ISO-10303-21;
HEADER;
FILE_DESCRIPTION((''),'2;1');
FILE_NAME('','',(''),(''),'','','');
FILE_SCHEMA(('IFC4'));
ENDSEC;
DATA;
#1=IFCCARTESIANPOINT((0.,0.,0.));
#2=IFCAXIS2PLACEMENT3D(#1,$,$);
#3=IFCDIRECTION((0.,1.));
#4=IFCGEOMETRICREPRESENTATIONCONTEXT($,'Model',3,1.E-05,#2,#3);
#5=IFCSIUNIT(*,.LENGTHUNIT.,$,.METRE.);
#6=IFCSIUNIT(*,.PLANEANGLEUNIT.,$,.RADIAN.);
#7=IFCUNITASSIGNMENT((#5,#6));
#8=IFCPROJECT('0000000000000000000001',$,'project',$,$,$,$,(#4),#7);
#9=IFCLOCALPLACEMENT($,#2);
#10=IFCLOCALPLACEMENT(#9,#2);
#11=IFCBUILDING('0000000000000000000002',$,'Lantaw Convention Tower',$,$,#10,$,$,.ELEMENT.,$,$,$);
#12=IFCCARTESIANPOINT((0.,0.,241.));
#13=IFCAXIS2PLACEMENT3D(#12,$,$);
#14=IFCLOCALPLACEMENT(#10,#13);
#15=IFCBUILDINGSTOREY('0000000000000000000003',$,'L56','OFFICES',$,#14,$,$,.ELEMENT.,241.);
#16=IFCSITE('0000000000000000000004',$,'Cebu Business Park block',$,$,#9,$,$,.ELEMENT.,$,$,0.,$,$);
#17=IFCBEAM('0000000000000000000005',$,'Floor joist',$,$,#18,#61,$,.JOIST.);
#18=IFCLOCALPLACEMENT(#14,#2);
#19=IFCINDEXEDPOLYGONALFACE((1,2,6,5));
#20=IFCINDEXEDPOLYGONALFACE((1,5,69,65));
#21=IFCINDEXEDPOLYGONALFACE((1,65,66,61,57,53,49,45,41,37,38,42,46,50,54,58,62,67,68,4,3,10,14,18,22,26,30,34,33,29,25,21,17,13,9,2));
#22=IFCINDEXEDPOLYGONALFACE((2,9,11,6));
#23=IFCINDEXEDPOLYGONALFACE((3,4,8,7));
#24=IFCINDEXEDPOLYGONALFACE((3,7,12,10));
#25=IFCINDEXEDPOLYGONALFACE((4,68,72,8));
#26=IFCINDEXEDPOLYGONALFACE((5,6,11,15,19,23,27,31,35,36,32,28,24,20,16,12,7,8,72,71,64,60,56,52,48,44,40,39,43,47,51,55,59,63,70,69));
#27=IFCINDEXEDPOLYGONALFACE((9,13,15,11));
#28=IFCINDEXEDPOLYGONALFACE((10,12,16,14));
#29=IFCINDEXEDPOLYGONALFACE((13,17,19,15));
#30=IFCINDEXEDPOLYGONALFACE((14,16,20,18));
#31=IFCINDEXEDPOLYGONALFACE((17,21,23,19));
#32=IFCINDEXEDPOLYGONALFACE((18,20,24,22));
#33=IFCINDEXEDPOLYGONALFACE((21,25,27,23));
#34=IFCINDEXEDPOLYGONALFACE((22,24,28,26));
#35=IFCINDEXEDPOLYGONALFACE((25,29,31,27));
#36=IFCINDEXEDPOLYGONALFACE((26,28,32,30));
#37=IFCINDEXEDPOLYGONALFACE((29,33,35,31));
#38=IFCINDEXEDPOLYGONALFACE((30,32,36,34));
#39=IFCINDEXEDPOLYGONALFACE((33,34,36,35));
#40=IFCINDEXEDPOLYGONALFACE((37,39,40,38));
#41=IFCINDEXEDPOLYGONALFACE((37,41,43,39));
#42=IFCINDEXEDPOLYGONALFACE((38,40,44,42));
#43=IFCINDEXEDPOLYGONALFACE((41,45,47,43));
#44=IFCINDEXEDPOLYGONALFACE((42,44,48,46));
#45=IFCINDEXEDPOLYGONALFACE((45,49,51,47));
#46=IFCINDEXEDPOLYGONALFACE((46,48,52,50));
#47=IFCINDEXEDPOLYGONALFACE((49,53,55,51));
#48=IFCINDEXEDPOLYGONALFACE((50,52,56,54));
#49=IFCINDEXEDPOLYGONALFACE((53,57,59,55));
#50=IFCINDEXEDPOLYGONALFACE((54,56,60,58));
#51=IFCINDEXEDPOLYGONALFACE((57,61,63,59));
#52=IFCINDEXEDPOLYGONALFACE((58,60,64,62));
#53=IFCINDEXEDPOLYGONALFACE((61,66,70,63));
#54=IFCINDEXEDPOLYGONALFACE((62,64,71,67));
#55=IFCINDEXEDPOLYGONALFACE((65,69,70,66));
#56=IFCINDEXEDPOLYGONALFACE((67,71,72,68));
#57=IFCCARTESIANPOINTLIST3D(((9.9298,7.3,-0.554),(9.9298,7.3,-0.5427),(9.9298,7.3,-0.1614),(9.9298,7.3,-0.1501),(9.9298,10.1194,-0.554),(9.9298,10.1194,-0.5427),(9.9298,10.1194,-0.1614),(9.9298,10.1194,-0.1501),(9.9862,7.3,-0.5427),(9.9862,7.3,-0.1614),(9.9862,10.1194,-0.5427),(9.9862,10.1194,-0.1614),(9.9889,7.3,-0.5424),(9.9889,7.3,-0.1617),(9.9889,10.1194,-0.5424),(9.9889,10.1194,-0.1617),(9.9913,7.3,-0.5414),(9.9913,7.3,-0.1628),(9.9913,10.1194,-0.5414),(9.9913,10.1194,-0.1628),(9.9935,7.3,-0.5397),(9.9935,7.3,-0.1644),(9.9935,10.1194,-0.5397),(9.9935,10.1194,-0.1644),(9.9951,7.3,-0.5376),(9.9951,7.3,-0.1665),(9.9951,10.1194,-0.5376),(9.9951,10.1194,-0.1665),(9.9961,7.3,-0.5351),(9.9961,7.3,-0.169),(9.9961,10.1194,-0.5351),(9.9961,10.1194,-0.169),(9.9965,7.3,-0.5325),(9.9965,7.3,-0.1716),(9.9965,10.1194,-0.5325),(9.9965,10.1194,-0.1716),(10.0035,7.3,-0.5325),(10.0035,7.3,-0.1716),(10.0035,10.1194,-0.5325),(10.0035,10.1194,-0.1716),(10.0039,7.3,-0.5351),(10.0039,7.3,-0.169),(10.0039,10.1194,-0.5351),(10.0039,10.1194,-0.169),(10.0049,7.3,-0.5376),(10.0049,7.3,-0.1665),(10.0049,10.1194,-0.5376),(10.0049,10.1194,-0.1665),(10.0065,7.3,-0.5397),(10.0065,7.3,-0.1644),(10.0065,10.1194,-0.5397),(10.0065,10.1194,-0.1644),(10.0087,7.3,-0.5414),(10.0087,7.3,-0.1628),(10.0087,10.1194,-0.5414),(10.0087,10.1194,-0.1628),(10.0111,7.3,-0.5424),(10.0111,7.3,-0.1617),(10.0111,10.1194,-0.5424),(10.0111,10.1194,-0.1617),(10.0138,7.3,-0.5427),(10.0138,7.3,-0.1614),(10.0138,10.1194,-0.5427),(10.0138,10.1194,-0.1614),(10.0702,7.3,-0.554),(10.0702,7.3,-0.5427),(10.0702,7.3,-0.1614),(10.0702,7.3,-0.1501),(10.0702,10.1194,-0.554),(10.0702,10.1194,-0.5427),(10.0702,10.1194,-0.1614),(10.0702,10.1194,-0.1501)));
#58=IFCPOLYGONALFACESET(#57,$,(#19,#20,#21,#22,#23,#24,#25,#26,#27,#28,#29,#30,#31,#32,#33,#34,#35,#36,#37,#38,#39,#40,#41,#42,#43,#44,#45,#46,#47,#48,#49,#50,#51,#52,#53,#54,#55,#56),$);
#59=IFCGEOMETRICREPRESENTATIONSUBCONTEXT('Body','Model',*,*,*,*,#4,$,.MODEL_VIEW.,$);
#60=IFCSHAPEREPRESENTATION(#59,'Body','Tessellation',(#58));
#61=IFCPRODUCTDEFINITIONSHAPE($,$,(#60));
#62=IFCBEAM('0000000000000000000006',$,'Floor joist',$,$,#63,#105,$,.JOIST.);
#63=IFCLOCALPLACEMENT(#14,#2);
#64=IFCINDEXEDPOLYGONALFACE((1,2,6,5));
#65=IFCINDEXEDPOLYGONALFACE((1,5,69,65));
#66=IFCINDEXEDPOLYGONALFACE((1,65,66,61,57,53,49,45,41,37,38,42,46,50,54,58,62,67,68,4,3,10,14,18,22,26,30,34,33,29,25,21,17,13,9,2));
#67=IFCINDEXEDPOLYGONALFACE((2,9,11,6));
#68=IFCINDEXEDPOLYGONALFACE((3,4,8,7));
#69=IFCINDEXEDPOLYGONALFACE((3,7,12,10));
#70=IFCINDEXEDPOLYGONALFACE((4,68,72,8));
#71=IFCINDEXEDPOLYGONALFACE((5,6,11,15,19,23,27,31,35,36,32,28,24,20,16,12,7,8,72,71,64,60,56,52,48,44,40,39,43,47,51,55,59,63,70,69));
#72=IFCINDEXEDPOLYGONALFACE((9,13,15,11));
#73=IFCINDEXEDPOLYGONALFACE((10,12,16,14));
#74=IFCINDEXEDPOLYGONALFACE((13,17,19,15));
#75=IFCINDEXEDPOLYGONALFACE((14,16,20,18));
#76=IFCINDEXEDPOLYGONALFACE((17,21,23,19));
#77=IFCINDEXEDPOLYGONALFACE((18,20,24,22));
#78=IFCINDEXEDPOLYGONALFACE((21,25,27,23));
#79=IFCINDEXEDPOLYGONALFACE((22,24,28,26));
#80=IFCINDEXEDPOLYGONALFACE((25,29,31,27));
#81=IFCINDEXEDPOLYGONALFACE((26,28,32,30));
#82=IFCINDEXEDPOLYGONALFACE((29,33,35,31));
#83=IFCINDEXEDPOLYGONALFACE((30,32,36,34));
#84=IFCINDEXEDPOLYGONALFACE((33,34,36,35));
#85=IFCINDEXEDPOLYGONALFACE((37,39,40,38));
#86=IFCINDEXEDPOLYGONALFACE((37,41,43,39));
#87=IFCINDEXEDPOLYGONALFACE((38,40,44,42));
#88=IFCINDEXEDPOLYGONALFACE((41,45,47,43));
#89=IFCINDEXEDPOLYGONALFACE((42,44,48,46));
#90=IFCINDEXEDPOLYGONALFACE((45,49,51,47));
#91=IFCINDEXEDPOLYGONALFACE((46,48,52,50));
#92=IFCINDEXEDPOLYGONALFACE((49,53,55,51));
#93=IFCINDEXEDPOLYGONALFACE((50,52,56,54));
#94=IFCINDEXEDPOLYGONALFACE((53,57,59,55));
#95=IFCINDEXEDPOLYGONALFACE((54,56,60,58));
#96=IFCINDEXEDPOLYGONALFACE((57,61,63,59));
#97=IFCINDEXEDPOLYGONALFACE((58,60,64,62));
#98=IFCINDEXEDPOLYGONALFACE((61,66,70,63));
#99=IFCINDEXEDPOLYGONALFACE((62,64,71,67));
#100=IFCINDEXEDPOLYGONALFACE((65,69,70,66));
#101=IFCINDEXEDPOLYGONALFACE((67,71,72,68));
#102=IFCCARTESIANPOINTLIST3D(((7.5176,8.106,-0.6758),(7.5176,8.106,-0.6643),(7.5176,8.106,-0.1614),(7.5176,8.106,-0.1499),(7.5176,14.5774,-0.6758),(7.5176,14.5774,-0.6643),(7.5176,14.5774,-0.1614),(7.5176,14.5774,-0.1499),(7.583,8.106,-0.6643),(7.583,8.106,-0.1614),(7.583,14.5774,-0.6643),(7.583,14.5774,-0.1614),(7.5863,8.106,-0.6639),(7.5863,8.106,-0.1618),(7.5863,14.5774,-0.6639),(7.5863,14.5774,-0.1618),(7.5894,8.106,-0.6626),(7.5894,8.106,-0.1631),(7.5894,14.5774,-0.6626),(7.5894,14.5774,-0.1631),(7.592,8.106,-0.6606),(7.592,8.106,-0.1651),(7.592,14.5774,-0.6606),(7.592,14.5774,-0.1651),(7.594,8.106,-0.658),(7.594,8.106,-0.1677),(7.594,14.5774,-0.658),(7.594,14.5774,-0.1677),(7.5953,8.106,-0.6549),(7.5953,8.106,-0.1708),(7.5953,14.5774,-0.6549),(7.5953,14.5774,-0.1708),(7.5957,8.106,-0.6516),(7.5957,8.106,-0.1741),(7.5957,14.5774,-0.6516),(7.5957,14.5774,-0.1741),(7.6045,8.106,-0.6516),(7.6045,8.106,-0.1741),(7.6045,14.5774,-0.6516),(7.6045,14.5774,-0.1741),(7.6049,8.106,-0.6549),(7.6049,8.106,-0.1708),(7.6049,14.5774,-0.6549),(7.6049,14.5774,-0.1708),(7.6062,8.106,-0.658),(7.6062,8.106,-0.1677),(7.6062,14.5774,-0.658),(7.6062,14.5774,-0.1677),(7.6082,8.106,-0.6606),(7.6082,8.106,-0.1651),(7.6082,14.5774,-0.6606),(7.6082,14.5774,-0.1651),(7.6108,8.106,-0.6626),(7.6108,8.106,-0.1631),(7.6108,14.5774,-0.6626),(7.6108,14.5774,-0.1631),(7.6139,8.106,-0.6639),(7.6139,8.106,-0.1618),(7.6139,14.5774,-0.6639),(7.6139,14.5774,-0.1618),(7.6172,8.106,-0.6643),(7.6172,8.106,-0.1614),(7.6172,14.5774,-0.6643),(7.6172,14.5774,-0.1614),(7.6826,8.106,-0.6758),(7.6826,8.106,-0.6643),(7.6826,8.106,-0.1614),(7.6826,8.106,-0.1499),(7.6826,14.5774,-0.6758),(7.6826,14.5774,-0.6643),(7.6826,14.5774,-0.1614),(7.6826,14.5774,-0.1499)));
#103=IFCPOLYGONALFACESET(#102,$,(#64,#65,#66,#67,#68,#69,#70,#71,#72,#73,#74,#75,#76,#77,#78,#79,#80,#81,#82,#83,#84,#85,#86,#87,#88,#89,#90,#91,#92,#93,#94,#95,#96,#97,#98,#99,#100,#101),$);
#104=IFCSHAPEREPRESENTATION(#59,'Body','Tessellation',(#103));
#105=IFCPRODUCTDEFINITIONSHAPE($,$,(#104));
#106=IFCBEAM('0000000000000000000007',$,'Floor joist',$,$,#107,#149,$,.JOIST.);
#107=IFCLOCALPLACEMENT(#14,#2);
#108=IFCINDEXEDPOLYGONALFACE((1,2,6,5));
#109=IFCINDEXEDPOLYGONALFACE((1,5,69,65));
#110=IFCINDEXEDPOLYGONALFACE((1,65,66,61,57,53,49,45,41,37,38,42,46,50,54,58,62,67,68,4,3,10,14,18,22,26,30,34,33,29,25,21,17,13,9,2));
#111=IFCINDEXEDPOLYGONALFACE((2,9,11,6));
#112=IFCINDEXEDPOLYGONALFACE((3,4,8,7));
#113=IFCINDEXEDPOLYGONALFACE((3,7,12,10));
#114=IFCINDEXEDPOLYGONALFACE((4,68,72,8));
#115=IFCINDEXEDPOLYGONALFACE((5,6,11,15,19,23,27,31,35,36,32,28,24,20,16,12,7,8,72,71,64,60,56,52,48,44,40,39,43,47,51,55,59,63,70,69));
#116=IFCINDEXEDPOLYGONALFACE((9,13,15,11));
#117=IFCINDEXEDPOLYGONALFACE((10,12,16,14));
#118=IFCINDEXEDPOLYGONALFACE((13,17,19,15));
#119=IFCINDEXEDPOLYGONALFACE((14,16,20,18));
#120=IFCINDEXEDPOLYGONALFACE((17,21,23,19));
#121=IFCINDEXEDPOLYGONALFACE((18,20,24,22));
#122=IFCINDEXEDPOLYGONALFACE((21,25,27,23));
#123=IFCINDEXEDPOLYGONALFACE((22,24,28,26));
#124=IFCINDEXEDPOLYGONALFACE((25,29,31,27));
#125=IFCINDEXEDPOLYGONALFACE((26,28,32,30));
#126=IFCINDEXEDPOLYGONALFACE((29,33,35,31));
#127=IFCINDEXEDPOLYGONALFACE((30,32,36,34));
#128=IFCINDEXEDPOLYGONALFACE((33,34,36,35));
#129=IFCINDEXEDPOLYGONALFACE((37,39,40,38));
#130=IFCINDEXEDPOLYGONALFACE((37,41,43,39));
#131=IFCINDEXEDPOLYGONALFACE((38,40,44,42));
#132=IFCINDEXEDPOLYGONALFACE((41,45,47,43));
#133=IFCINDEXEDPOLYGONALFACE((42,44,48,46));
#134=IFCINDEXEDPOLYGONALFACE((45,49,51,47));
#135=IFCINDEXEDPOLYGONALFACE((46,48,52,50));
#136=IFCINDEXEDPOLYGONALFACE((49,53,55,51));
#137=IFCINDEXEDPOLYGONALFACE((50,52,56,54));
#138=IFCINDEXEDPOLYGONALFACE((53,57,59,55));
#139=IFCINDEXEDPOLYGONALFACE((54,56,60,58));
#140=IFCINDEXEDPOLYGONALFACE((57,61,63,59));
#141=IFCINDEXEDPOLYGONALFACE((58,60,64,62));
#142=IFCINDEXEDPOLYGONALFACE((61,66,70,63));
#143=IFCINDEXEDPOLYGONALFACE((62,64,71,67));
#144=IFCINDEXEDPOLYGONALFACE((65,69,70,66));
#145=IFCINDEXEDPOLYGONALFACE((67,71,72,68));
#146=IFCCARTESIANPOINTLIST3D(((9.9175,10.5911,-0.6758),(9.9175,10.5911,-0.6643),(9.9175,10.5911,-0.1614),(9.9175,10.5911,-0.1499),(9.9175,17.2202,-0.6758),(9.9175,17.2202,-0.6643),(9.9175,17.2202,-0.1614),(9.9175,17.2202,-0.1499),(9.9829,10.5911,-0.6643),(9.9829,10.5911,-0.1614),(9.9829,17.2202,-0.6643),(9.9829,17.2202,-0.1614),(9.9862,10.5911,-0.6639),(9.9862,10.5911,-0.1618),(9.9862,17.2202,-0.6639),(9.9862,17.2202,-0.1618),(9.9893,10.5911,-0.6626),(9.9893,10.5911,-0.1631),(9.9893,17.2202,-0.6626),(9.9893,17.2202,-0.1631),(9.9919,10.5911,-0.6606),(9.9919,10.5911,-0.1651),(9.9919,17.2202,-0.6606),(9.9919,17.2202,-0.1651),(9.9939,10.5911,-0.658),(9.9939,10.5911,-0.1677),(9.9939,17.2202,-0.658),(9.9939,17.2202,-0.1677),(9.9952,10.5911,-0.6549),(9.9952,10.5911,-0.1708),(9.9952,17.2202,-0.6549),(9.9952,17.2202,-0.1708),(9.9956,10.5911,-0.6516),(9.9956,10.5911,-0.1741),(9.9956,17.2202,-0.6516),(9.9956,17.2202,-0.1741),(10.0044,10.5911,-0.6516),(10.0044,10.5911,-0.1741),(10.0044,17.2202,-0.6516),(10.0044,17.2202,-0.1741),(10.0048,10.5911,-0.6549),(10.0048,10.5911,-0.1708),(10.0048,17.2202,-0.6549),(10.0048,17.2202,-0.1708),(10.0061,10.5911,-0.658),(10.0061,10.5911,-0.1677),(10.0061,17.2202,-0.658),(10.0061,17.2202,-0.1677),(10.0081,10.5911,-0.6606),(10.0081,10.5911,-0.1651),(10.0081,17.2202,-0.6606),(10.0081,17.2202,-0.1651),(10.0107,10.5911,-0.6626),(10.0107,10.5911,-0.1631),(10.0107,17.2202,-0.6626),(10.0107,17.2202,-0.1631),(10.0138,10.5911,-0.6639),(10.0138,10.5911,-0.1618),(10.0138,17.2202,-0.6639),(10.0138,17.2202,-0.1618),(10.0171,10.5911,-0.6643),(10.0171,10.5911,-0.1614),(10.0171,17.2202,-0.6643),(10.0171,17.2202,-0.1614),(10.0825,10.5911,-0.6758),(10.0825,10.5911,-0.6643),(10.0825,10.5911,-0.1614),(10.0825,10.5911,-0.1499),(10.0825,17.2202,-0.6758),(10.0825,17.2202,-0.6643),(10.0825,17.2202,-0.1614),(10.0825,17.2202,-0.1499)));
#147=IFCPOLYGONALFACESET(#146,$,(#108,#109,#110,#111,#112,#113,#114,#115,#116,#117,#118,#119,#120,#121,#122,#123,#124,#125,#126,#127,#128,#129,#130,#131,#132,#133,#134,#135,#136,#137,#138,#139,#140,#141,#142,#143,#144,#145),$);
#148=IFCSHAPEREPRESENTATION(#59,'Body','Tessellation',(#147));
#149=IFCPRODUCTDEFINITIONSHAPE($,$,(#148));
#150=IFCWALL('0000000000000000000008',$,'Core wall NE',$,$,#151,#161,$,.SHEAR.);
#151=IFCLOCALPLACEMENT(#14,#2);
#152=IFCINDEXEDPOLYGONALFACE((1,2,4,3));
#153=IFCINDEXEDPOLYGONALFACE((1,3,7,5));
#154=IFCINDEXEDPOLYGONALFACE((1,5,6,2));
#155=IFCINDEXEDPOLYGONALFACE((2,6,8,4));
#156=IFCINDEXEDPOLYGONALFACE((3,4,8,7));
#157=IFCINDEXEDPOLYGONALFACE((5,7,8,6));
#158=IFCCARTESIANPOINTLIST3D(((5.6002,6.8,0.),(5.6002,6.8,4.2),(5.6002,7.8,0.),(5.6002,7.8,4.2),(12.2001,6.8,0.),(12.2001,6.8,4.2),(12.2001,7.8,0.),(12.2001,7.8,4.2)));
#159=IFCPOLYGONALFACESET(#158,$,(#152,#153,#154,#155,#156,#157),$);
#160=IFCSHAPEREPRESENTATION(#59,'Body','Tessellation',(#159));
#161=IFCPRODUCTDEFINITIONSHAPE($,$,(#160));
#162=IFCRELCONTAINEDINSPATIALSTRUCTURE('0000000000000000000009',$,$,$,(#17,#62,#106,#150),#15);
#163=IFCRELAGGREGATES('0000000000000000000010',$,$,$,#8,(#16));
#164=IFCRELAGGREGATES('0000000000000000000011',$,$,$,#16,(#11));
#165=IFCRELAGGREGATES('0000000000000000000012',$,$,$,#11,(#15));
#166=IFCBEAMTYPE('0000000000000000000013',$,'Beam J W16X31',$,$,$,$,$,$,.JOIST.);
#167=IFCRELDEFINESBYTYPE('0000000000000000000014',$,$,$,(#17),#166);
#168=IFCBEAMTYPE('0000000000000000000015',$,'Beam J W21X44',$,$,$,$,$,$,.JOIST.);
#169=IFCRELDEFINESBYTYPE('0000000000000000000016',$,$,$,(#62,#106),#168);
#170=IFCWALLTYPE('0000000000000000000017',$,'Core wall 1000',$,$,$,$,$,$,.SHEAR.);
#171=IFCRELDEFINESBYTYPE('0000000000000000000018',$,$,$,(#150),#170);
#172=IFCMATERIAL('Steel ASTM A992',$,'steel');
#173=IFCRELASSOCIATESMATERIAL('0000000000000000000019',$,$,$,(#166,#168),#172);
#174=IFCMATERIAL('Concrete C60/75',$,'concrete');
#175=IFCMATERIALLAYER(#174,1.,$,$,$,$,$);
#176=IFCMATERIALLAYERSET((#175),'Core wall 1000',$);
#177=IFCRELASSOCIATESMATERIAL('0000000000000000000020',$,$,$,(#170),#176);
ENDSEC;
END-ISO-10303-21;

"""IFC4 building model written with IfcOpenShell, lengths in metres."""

from ifc_helpers import new_model, si_unit, direction, frame, frame_2d, origin, origin_2d, place, context, subcontext, project, spatial, rectangle, i_section, extrude, material, layer, layer_set, material_profile, profile_set, type_object, element, save


model = new_model("IFC4")

# Units and contexts
model_context = context("Model", 3, precision=1e-05, world=origin(), true_north=direction((0.0, 1.0)))
body_context = subcontext(model_context, "Body", "Model", "MODEL_VIEW")
ifc_project = project(units=[si_unit("LENGTHUNIT", "METRE"), si_unit("PLANEANGLEUNIT", "RADIAN")], contexts=[model_context])

# Site, building, storey
site_placement = place(None, origin())
site = spatial("IfcSite", under=ifc_project, at=site_placement, Name="Cebu Business Park block", CompositionType="ELEMENT", RefElevation=0.0)
building_placement = place(site_placement, origin())
building = spatial("IfcBuilding", under=site, at=building_placement, Name="Lantaw Convention Tower", CompositionType="ELEMENT")
storey_placement = place(building_placement, frame((0.0, 0.0, 241.0)))
storey = spatial("IfcBuildingStorey", under=building, at=storey_placement, Name="L56", Description="OFFICES", CompositionType="ELEMENT", Elevation=241.0)

# Beams
ifc_material_1 = material(Name="Steel ASTM A992", Category="steel")
ifc_material_profile_1 = material_profile(ifc_material_1, i_section(OverallWidth=0.1404, OverallDepth=0.4038, WebThickness=0.0071, FlangeThickness=0.0112, FilletRadius=0.0103, at=origin_2d()), Name="W16X31")
ifc_profile_set_1 = profile_set([ifc_material_profile_1], Name="Steel ASTM A992")
beam_type_1 = type_object("IfcBeamType", Name="Beam J W16X31", PredefinedType="JOIST", material=ifc_profile_set_1)
beam_1_placement = place(storey_placement, frame((10.0, 7.3, -0.3521), z_axis=(0.0, 1.0, 0.0), x_axis=(-1.0, 0.0, 0.0)))
element("IfcBeam", 1, at=beam_1_placement, inside=storey, type_object=beam_type_1, Name="Floor joist", PredefinedType="JOIST", context=body_context, shape_type="SweptSolid", body=[
    extrude(i_section(OverallWidth=0.1404, OverallDepth=0.4038, WebThickness=0.0071, FlangeThickness=0.0112, FilletRadius=0.0103, at=origin_2d()), origin(), (0.0, 0.0, 1.0), 2.8193),
])
ifc_material_profile_2 = material_profile(ifc_material_1, i_section(OverallWidth=0.165, OverallDepth=0.5259, WebThickness=0.0088, FlangeThickness=0.0115, FilletRadius=0.0127, at=origin_2d()), Name="W21X44")
ifc_profile_set_2 = profile_set([ifc_material_profile_2], Name="Steel ASTM A992")
beam_type_2 = type_object("IfcBeamType", Name="Beam J W21X44", PredefinedType="JOIST", material=ifc_profile_set_2)
beam_2_placement = place(storey_placement, frame((7.6001, 8.106, -0.4128), z_axis=(0.0, 1.0, 0.0), x_axis=(-1.0, 0.0, 0.0)))
element("IfcBeam", 2, at=beam_2_placement, inside=storey, type_object=beam_type_2, Name="Floor joist", PredefinedType="JOIST", context=body_context, shape_type="SweptSolid", body=[
    extrude(i_section(OverallWidth=0.165, OverallDepth=0.5259, WebThickness=0.0088, FlangeThickness=0.0115, FilletRadius=0.0127, at=origin_2d()), origin(), (0.0, 0.0, 1.0), 6.4714),
])
beam_3_placement = place(storey_placement, frame((10.0, 10.5911, -0.4128), z_axis=(0.0, 1.0, 0.0), x_axis=(-1.0, 0.0, 0.0)))
element("IfcBeam", 3, at=beam_3_placement, inside=storey, type_object=beam_type_2, Name="Floor joist", PredefinedType="JOIST", context=body_context, shape_type="SweptSolid", body=[
    extrude(i_section(OverallWidth=0.165, OverallDepth=0.5259, WebThickness=0.0088, FlangeThickness=0.0115, FilletRadius=0.0127, at=origin_2d()), origin(), (0.0, 0.0, 1.0), 6.6292),
])

# Wall
ifc_material_2 = material(Name="Concrete C60/75", Category="concrete")
ifc_layer_1 = layer(ifc_material_2, 1.0)
ifc_layer_set_1 = layer_set([ifc_layer_1], Name="Core wall 1000")
wall_type_1 = type_object("IfcWallType", Name="Core wall 1000", PredefinedType="SHEAR", material=ifc_layer_set_1)
wall_1_placement = place(storey_placement, frame((12.2, 7.3, 0.0), z_axis=(0.0, 0.0, 1.0), x_axis=(-1.0, 0.0, 0.0)))
element("IfcWall", 4, at=wall_1_placement, inside=storey, type_object=wall_type_1, Name="Core wall NE", PredefinedType="SHEAR", context=body_context, shape_type="SweptSolid", body=[
    extrude(rectangle(XDim=6.5999, YDim=1.0, at=frame_2d((3.2998, 0.0))), origin(), (0.0, 0.0, 1.0), 4.2),
])

save(model, "model.ifc")
